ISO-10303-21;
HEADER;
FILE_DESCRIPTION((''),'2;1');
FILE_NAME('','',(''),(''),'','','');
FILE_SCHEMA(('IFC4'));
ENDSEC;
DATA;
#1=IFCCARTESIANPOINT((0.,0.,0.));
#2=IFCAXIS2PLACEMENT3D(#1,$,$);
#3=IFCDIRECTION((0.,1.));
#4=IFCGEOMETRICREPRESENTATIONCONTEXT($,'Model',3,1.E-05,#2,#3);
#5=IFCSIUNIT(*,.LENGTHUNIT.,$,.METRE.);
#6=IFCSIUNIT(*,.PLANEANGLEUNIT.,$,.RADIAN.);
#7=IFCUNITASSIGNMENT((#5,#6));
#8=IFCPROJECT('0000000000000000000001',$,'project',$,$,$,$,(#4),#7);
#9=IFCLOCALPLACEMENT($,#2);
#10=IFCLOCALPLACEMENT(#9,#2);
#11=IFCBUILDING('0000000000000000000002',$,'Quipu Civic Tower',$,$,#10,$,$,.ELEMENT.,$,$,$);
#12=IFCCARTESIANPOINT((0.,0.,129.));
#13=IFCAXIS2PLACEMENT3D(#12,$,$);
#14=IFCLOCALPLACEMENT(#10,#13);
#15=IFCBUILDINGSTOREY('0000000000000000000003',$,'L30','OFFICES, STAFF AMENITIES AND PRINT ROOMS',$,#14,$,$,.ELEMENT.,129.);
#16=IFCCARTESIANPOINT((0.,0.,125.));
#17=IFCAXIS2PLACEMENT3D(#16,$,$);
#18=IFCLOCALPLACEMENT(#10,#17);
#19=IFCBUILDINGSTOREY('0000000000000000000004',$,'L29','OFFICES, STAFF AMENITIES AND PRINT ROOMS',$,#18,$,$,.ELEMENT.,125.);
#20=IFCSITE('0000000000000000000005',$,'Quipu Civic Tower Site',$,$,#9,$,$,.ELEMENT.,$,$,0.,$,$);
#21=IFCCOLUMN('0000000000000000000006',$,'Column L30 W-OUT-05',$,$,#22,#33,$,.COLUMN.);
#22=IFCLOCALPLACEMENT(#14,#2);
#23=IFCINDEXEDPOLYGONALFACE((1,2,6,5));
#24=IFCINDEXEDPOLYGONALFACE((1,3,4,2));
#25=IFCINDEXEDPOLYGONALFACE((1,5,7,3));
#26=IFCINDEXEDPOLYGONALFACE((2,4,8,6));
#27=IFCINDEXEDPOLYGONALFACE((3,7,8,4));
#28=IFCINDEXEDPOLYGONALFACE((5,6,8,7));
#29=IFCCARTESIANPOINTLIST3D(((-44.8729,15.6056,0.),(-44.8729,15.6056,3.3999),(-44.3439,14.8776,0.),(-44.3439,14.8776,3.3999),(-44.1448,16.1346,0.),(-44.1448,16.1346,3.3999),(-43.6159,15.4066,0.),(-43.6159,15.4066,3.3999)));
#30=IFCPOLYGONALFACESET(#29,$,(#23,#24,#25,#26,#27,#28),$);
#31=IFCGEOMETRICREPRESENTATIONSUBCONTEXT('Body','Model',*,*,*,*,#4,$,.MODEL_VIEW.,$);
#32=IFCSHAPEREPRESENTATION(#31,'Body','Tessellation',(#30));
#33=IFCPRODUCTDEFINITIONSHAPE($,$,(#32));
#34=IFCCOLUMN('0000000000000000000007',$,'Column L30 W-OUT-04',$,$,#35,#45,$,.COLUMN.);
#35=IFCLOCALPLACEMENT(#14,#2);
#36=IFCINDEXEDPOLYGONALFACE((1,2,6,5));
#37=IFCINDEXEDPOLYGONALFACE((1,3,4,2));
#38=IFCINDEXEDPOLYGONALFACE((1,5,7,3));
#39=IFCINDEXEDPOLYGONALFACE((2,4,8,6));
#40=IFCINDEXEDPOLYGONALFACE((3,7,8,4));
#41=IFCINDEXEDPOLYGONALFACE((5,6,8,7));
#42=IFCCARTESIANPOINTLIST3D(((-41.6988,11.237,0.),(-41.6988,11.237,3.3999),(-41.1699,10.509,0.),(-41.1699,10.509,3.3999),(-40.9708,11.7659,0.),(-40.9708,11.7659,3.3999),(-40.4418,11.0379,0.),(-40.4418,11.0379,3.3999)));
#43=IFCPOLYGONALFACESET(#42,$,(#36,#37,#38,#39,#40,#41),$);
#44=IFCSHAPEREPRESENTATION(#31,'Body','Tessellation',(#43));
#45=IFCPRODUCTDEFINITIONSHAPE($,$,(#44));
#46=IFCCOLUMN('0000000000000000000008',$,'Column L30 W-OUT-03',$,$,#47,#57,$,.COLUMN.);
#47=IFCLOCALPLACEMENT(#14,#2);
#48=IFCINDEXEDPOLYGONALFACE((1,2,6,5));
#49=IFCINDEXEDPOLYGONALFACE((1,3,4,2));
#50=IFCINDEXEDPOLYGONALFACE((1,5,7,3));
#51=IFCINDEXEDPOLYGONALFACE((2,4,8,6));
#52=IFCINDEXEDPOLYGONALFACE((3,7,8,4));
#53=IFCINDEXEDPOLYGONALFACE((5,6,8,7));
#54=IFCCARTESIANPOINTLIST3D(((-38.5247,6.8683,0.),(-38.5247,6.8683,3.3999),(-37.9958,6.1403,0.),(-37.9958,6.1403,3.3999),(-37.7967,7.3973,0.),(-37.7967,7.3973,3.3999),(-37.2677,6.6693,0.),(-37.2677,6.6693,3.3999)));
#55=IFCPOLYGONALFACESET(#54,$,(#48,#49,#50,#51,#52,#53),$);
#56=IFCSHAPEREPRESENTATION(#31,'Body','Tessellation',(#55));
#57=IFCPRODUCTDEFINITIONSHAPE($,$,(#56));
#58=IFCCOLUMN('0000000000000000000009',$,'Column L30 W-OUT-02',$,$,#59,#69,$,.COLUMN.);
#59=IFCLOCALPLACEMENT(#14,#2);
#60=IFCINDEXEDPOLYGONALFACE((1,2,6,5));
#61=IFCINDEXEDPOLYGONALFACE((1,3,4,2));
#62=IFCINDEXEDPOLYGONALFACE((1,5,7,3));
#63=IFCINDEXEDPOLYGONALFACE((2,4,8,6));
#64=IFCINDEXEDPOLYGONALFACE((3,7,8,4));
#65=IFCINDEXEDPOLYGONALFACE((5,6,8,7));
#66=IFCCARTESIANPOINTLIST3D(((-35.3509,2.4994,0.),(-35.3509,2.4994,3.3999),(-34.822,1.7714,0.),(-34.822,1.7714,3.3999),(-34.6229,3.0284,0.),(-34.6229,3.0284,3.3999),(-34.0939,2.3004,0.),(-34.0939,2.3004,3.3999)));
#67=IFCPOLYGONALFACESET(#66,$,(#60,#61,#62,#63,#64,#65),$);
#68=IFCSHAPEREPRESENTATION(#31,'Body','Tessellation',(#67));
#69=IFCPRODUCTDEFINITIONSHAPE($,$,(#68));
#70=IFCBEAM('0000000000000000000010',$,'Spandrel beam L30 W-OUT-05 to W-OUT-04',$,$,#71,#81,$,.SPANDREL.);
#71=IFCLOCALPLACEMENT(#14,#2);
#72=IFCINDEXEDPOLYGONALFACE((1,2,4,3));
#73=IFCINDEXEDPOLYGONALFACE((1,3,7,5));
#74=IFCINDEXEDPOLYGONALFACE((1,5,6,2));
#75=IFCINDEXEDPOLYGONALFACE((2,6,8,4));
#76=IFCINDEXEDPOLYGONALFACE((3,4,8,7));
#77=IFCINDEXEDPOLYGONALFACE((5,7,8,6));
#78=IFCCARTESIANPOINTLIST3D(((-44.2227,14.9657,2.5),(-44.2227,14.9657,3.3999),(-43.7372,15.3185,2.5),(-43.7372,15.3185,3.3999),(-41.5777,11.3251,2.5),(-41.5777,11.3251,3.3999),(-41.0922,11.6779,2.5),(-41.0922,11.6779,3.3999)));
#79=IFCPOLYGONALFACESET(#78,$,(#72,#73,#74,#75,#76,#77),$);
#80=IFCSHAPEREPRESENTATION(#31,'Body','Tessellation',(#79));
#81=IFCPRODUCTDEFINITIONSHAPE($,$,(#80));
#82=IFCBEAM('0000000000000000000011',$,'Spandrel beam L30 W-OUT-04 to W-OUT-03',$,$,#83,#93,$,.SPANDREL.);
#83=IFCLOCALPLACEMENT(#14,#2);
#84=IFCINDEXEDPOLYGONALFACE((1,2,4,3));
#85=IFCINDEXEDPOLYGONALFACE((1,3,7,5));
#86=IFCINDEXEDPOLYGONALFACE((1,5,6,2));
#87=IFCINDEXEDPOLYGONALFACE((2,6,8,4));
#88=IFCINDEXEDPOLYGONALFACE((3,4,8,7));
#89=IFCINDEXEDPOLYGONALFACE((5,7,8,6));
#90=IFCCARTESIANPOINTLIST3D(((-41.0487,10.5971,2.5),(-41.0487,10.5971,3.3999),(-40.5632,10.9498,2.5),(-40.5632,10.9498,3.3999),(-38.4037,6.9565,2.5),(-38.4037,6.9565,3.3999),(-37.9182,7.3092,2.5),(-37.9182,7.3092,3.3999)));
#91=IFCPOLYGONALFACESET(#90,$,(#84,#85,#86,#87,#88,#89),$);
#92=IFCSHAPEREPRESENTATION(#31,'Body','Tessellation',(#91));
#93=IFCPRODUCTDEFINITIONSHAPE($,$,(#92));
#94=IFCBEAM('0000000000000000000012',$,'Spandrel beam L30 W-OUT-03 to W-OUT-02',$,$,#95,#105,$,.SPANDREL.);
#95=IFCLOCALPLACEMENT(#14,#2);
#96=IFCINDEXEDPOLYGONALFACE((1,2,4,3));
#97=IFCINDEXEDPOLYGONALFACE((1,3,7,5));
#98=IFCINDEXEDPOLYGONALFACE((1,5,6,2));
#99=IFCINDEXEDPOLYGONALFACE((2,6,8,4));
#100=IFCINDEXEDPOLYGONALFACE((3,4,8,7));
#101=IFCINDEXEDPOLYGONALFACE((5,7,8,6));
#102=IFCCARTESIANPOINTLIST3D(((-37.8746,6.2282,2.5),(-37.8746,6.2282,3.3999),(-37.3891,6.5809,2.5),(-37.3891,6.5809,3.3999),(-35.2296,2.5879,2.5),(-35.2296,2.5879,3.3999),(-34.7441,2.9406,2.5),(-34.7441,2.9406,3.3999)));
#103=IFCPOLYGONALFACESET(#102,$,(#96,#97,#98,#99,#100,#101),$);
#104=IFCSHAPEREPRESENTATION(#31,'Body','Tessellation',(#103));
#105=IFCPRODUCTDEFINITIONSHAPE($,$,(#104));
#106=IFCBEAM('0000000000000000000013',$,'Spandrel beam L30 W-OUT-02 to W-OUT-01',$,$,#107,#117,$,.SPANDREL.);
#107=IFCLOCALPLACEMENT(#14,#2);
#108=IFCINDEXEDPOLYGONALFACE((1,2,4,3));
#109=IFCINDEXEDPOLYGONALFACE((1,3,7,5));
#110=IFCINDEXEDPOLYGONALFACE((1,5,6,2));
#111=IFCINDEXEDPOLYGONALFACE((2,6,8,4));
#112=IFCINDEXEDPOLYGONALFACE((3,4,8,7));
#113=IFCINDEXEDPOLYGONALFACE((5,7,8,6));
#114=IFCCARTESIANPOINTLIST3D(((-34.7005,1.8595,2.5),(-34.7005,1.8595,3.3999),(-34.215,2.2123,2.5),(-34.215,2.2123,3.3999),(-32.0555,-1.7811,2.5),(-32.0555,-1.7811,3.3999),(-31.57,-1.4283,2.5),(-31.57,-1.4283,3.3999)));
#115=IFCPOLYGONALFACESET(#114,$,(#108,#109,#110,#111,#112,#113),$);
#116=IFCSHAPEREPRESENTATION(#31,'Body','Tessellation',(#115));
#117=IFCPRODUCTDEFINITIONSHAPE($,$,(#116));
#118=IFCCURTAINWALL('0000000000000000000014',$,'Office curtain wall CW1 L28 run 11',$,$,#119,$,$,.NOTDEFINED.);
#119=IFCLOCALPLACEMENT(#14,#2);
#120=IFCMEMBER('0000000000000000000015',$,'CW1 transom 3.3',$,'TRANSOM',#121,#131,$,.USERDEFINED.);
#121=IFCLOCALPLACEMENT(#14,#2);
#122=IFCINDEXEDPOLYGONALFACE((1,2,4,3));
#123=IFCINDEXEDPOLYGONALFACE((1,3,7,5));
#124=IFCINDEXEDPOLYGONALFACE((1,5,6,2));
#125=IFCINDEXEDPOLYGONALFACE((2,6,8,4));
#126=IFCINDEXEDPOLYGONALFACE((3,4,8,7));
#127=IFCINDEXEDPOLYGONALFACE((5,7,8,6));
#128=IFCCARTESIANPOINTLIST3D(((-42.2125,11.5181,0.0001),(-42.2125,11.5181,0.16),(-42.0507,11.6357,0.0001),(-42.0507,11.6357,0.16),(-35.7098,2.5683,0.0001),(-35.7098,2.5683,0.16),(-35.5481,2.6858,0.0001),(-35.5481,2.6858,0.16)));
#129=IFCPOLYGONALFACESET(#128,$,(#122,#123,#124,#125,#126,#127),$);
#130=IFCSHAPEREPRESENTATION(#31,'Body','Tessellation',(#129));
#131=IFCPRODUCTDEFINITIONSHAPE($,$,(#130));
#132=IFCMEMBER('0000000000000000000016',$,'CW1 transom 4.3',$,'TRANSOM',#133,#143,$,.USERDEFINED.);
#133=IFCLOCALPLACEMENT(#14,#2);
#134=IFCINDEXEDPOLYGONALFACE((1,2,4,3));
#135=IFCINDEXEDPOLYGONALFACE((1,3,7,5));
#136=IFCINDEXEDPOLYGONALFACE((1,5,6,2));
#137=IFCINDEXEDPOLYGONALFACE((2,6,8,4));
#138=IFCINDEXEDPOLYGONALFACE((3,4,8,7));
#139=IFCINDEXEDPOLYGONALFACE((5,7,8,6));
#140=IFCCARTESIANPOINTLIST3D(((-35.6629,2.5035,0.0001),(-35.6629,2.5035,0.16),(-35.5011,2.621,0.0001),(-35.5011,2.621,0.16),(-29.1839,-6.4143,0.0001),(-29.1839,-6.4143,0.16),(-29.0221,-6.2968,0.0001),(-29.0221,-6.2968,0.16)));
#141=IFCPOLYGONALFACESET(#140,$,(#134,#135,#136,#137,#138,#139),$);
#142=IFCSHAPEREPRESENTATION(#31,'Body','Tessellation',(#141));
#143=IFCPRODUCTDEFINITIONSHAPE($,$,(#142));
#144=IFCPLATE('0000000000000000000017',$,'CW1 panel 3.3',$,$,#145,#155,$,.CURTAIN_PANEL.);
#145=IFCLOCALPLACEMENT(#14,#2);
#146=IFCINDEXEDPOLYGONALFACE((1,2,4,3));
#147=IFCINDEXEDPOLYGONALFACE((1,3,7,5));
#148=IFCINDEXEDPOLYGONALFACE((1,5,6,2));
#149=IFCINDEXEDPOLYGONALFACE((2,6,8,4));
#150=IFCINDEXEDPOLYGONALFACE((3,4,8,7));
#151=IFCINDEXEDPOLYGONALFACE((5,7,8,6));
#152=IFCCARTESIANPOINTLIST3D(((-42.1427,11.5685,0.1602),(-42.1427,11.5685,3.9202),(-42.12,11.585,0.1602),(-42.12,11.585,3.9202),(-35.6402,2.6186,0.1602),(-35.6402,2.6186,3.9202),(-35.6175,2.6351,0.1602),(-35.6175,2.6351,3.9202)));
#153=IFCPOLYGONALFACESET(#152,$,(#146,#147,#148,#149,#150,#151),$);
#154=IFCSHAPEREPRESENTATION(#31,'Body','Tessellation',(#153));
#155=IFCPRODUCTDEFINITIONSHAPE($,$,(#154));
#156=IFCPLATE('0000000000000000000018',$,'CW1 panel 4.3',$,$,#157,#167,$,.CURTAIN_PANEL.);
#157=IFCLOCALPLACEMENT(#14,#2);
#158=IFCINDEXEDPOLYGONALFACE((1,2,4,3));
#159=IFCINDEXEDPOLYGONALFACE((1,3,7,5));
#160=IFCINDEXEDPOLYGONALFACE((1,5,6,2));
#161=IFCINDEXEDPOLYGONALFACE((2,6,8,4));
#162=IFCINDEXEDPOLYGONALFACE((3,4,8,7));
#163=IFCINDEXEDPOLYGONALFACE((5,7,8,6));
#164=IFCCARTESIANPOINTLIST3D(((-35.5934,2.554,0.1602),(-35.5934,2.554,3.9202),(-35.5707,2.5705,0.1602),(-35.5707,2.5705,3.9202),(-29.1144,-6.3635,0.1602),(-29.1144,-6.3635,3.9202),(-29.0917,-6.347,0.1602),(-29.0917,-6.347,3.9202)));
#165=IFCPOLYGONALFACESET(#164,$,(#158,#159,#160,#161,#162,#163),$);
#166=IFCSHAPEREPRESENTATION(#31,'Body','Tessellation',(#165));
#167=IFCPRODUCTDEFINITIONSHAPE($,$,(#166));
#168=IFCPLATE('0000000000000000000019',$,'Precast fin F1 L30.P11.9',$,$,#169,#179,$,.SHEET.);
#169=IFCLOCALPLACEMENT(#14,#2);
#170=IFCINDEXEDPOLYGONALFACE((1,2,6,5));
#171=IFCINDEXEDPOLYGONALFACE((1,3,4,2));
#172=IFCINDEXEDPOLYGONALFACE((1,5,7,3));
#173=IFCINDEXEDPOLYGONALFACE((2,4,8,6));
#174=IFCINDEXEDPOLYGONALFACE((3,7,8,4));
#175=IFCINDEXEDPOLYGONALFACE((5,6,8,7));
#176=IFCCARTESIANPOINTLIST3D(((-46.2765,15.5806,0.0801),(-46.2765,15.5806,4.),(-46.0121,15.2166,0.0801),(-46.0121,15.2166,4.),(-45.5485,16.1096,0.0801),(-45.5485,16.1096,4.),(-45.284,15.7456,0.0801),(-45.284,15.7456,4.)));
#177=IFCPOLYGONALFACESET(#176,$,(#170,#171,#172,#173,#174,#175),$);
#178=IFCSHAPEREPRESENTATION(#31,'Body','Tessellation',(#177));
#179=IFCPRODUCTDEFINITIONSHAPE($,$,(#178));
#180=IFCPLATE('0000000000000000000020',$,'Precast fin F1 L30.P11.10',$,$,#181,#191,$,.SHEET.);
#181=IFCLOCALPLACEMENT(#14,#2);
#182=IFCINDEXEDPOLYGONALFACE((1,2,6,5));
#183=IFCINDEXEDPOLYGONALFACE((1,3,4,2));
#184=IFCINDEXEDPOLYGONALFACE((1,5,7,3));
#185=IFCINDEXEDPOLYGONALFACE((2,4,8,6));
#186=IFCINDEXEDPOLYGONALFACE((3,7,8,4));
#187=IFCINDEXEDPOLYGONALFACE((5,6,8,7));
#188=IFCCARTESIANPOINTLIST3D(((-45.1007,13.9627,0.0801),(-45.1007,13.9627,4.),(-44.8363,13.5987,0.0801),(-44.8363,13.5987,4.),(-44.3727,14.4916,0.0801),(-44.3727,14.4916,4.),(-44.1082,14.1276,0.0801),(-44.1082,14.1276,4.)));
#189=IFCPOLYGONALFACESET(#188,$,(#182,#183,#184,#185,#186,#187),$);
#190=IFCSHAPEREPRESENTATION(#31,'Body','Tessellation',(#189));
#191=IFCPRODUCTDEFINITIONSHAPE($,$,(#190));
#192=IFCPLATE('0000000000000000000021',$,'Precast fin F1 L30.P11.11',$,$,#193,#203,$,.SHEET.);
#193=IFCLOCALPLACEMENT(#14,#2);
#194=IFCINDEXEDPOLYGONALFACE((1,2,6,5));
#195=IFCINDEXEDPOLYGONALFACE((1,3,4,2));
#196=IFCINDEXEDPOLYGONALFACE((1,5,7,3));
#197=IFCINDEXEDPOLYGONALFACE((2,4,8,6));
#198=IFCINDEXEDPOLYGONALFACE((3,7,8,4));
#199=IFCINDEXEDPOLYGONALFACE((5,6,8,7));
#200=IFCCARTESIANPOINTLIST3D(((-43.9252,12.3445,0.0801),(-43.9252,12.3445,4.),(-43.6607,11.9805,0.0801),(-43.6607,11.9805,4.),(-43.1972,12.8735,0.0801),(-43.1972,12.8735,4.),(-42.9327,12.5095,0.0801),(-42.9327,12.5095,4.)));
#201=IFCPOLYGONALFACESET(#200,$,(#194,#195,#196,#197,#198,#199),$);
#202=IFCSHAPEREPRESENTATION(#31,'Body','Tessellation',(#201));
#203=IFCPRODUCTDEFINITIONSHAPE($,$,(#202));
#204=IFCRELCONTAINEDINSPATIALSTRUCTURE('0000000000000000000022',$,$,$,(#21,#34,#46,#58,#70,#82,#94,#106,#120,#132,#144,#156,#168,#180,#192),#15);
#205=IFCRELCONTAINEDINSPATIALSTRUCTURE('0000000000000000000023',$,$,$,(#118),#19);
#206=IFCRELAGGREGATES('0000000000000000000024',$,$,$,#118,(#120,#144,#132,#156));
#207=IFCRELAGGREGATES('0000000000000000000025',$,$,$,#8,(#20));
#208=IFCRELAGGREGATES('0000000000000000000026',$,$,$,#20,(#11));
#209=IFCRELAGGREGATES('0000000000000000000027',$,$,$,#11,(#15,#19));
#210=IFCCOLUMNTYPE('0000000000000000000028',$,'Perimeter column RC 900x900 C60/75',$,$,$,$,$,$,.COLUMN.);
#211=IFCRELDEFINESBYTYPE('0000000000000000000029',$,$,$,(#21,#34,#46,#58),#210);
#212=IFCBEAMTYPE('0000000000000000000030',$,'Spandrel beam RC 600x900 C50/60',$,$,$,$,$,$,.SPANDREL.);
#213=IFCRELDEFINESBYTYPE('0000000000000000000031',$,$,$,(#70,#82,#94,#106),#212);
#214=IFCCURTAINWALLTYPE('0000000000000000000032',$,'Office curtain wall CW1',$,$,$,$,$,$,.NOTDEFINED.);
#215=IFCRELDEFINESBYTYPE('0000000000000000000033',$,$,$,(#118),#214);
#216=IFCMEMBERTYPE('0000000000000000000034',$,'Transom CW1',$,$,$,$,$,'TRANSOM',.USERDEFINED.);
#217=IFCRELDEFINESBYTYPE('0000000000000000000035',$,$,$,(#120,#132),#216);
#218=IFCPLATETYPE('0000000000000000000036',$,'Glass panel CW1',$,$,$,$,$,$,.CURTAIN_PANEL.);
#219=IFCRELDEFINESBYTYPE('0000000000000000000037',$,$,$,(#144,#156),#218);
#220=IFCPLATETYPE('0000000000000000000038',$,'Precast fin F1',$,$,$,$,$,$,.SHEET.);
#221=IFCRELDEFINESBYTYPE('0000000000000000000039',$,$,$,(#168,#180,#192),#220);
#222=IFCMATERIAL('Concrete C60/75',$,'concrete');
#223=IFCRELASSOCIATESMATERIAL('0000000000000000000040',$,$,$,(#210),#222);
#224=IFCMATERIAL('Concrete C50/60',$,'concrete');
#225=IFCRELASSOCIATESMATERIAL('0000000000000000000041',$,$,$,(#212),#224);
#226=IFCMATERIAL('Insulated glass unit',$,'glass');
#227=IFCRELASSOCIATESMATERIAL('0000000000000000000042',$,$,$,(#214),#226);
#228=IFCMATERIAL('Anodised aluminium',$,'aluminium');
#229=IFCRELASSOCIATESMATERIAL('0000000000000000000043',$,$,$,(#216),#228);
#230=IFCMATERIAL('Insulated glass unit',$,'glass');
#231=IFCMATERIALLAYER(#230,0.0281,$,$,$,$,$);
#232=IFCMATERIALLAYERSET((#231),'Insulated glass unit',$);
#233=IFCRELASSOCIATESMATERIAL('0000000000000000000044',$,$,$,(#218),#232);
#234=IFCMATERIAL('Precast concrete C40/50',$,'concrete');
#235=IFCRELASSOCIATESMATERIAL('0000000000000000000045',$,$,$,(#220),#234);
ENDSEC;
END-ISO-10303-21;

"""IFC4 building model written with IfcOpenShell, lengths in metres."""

from ifc_helpers import new_model, si_unit, direction, frame, origin, origin_2d, place, context, subcontext, project, spatial, rectangle, extrude, material, layer, layer_set, material_profile, profile_set, type_object, element, aggregate, save


model = new_model("IFC4")

# Units and contexts
model_context = context("Model", 3, precision=1e-05, world=origin(), true_north=direction((0.0, 1.0)))
body_context = subcontext(model_context, "Body", "Model", "MODEL_VIEW")
ifc_project = project(units=[si_unit("LENGTHUNIT", "METRE"), si_unit("PLANEANGLEUNIT", "RADIAN")], contexts=[model_context])

# Site, building, storey
site_placement = place(None, origin())
site = spatial("IfcSite", under=ifc_project, at=site_placement, Name="Quipu Civic Tower Site", CompositionType="ELEMENT", RefElevation=0.0)
building_placement = place(site_placement, origin())
building = spatial("IfcBuilding", under=site, at=building_placement, Name="Quipu Civic Tower", CompositionType="ELEMENT")
storey_1_placement = place(building_placement, frame((0.0, 0.0, 129.0)))
storey_1 = spatial("IfcBuildingStorey", under=building, at=storey_1_placement, Name="L30", Description="OFFICES, STAFF AMENITIES AND PRINT ROOMS", CompositionType="ELEMENT", Elevation=129.0)

# Columns
ifc_material_1 = material(Name="Concrete C60/75", Category="concrete")
ifc_material_profile_1 = material_profile(ifc_material_1, rectangle(XDim=0.8999, YDim=0.8999, at=origin_2d()), Name="RC900x900")
ifc_profile_set_1 = profile_set([ifc_material_profile_1], Name="Concrete C60/75")
column_type = type_object("IfcColumnType", Name="Perimeter column RC 900x900 C60/75", PredefinedType="COLUMN", material=ifc_profile_set_1)
for number, where, z_axis, x_axis, name in (
    (1, (-44.2444, 15.5061, 0.0), (0.0, 0.0, 1.0), (0.587785, -0.809017, 0.0), "Column L30 W-OUT-05"),
    (2, (-41.0703, 11.1375, 0.0), (0.0, 0.0, 1.0), (0.587785, -0.809017, 0.0), "Column L30 W-OUT-04"),
    (3, (-37.8962, 6.7688, 0.0), (0.0, 0.0, 1.0), (0.587785, -0.809017, 0.0), "Column L30 W-OUT-03"),
    (4, (-34.7224, 2.3999, 0.0), (0.0, 0.0, 1.0), (0.587785, -0.809017, 0.0), "Column L30 W-OUT-02"),
):
    element("IfcColumn", number, at=place(storey_1_placement, frame(where, z_axis=z_axis, x_axis=x_axis)), inside=storey_1, type_object=column_type, Name=name, PredefinedType="COLUMN", context=body_context, shape_type="SweptSolid", body=[
        extrude(rectangle(XDim=0.8999, YDim=0.8999, at=origin_2d()), origin(), (0.0, 0.0, 1.0), 3.3999),
    ])

# Beams
ifc_material_2 = material(Name="Concrete C50/60", Category="concrete")
ifc_material_profile_2 = material_profile(ifc_material_2, rectangle(XDim=0.6001, YDim=0.8999, at=origin_2d()), Name="RC600x900")
ifc_profile_set_2 = profile_set([ifc_material_profile_2], Name="Concrete C50/60")
beam_type = type_object("IfcBeamType", Name="Spandrel beam RC 600x900 C50/60", PredefinedType="SPANDREL", material=ifc_profile_set_2)
for number, where, z_axis, x_axis, name in (
    (5, (-43.98, 15.1421, 2.95), (0.587778, -0.809022, 0.0), (0.809022, 0.587778, 0.0), "Spandrel beam L30 W-OUT-05 to W-OUT-04"),
    (6, (-40.8059, 10.7734, 2.95), (0.587778, -0.809022, 0.0), (0.809022, 0.587778, 0.0), "Spandrel beam L30 W-OUT-04 to W-OUT-03"),
):
    element("IfcBeam", number, at=place(storey_1_placement, frame(where, z_axis=z_axis, x_axis=x_axis)), inside=storey_1, type_object=beam_type, Name=name, PredefinedType="SPANDREL", context=body_context, shape_type="SweptSolid", body=[
        extrude(rectangle(XDim=0.6001, YDim=0.8999, at=origin_2d()), origin(), (0.0, 0.0, 1.0), 4.5),
    ])
beam_1_placement = place(storey_1_placement, frame((-37.6318, 6.4045, 2.95), z_axis=(0.587804, -0.809003, 0.0), x_axis=(0.809003, 0.587804, 0.0)))
element("IfcBeam", 7, at=beam_1_placement, inside=storey_1, type_object=beam_type, Name="Spandrel beam L30 W-OUT-03 to W-OUT-02", PredefinedType="SPANDREL", context=body_context, shape_type="SweptSolid", body=[
    extrude(rectangle(XDim=0.6001, YDim=0.8999, at=origin_2d()), origin(), (0.0, 0.0, 1.0), 4.4998),
])
beam_2_placement = place(storey_1_placement, frame((-34.4578, 2.0359, 2.95), z_axis=(0.587778, -0.809022, 0.0), x_axis=(0.809022, 0.587778, 0.0)))
element("IfcBeam", 8, at=beam_2_placement, inside=storey_1, type_object=beam_type, Name="Spandrel beam L30 W-OUT-02 to W-OUT-01", PredefinedType="SPANDREL", context=body_context, shape_type="SweptSolid", body=[
    extrude(rectangle(XDim=0.6001, YDim=0.8999, at=origin_2d()), origin(), (0.0, 0.0, 1.0), 4.5),
])

# Shared definitions
storey_2_placement = place(building_placement, frame((0.0, 0.0, 125.0)))
storey_2 = spatial("IfcBuildingStorey", under=building, at=storey_2_placement, Name="L29", Description="OFFICES, STAFF AMENITIES AND PRINT ROOMS", CompositionType="ELEMENT", Elevation=125.0)

# Curtain wall, members, plates
ifc_material_3 = material(Name="Insulated glass unit", Category="glass")
curtain_wall_type = type_object("IfcCurtainWallType", Name="Office curtain wall CW1", PredefinedType="NOTDEFINED", material=ifc_material_3)
curtain_wall_placement = place(storey_2_placement, origin())
curtain_wall = element("IfcCurtainWall", 9, at=curtain_wall_placement, inside=storey_2, type_object=curtain_wall_type, Name="Office curtain wall CW1 L28 run 11", PredefinedType="NOTDEFINED")
ifc_material_4 = material(Name="Anodised aluminium", Category="aluminium")
ifc_material_profile_3 = material_profile(ifc_material_4, rectangle(XDim=0.2, YDim=0.1599, at=origin_2d()), Name="RECT 200x160")
ifc_profile_set_3 = profile_set([ifc_material_profile_3], Name="Anodised aluminium")
member_type = type_object("IfcMemberType", Name="Transom CW1", ElementType="TRANSOM", PredefinedType="USERDEFINED", material=ifc_profile_set_3)
member_1_placement = place(storey_1_placement, frame((-42.1316, 11.5769, 0.0801), z_axis=(0.587795, -0.80901, 0.0), x_axis=(0.80901, 0.587795, 0.0)))
member_1 = element("IfcMember", 10, at=member_1_placement, inside=storey_1, type_object=member_type, Name="CW1 transom 3.3", ObjectType="TRANSOM", PredefinedType="USERDEFINED", context=body_context, shape_type="SweptSolid", body=[
    extrude(rectangle(XDim=0.2, YDim=0.1599, at=origin_2d()), origin(), (0.0, 0.0, 1.0), 11.0627),
])
member_2_placement = place(storey_1_placement, frame((-35.582, 2.5623, 0.0801), z_axis=(0.587779, -0.809021, 0.0), x_axis=(0.809021, 0.587779, 0.0)))
member_2 = element("IfcMember", 11, at=member_2_placement, inside=storey_1, type_object=member_type, Name="CW1 transom 4.3", ObjectType="TRANSOM", PredefinedType="USERDEFINED", context=body_context, shape_type="SweptSolid", body=[
    extrude(rectangle(XDim=0.2, YDim=0.1599, at=origin_2d()), origin(), (0.0, 0.0, 1.0), 11.0229),
])
ifc_material_5 = material(Name="Insulated glass unit", Category="glass")
ifc_layer = layer(ifc_material_5, 0.0281)
ifc_layer_set = layer_set([ifc_layer], Name="Insulated glass unit")
plate_type_1 = type_object("IfcPlateType", Name="Glass panel CW1", PredefinedType="CURTAIN_PANEL", material=ifc_layer_set)
plate_1_placement = place(storey_1_placement, frame((-38.8801, 7.1018, 0.1602), z_axis=(0.0, 0.0, 1.0), x_axis=(0.587786, -0.809017, 0.0)))
plate_1 = element("IfcPlate", 12, at=plate_1_placement, inside=storey_1, type_object=plate_type_1, Name="CW1 panel 3.3", PredefinedType="CURTAIN_PANEL", context=body_context, shape_type="SweptSolid", body=[
    extrude(rectangle(XDim=11.0627, YDim=0.0281, at=origin_2d()), origin(), (0.0, 0.0, 1.0), 3.76),
])
plate_2_placement = place(storey_1_placement, frame((-32.3425, -1.8965, 0.1602), z_axis=(0.0, 0.0, 1.0), x_axis=(0.587786, -0.809017, 0.0)))
plate_2 = element("IfcPlate", 13, at=plate_2_placement, inside=storey_1, type_object=plate_type_1, Name="CW1 panel 4.3", PredefinedType="CURTAIN_PANEL", context=body_context, shape_type="SweptSolid", body=[
    extrude(rectangle(XDim=11.0227, YDim=0.0281, at=origin_2d()), origin(), (0.0, 0.0, 1.0), 3.76),
])
aggregate(curtain_wall, [member_1, plate_1, member_2, plate_2])

# Plates
ifc_material_6 = material(Name="Precast concrete C40/50", Category="concrete")
plate_type_2 = type_object("IfcPlateType", Name="Precast fin F1", PredefinedType="SHEET", material=ifc_material_6)
for number, where, z_axis, x_axis, name in (
    (14, (-45.7803, 15.6631, 0.0801), (0.0, 0.0, 1.0), (0.587786, -0.809017, 0.0), "Precast fin F1 L30.P11.9"),
    (15, (-44.6045, 14.0452, 0.0801), (0.0, 0.0, 1.0), (0.587786, -0.809017, 0.0), "Precast fin F1 L30.P11.10"),
    (16, (-43.429, 12.427, 0.0801), (0.0, 0.0, 1.0), (0.587786, -0.809017, 0.0), "Precast fin F1 L30.P11.11"),
):
    element("IfcPlate", number, at=place(storey_1_placement, frame(where, z_axis=z_axis, x_axis=x_axis)), inside=storey_1, type_object=plate_type_2, Name=name, PredefinedType="SHEET", context=body_context, shape_type="SweptSolid", body=[
        extrude(rectangle(XDim=0.45, YDim=0.8999, at=origin_2d()), origin(), (0.0, 0.0, 1.0), 3.9199),
    ])

save(model, "model.ifc")
